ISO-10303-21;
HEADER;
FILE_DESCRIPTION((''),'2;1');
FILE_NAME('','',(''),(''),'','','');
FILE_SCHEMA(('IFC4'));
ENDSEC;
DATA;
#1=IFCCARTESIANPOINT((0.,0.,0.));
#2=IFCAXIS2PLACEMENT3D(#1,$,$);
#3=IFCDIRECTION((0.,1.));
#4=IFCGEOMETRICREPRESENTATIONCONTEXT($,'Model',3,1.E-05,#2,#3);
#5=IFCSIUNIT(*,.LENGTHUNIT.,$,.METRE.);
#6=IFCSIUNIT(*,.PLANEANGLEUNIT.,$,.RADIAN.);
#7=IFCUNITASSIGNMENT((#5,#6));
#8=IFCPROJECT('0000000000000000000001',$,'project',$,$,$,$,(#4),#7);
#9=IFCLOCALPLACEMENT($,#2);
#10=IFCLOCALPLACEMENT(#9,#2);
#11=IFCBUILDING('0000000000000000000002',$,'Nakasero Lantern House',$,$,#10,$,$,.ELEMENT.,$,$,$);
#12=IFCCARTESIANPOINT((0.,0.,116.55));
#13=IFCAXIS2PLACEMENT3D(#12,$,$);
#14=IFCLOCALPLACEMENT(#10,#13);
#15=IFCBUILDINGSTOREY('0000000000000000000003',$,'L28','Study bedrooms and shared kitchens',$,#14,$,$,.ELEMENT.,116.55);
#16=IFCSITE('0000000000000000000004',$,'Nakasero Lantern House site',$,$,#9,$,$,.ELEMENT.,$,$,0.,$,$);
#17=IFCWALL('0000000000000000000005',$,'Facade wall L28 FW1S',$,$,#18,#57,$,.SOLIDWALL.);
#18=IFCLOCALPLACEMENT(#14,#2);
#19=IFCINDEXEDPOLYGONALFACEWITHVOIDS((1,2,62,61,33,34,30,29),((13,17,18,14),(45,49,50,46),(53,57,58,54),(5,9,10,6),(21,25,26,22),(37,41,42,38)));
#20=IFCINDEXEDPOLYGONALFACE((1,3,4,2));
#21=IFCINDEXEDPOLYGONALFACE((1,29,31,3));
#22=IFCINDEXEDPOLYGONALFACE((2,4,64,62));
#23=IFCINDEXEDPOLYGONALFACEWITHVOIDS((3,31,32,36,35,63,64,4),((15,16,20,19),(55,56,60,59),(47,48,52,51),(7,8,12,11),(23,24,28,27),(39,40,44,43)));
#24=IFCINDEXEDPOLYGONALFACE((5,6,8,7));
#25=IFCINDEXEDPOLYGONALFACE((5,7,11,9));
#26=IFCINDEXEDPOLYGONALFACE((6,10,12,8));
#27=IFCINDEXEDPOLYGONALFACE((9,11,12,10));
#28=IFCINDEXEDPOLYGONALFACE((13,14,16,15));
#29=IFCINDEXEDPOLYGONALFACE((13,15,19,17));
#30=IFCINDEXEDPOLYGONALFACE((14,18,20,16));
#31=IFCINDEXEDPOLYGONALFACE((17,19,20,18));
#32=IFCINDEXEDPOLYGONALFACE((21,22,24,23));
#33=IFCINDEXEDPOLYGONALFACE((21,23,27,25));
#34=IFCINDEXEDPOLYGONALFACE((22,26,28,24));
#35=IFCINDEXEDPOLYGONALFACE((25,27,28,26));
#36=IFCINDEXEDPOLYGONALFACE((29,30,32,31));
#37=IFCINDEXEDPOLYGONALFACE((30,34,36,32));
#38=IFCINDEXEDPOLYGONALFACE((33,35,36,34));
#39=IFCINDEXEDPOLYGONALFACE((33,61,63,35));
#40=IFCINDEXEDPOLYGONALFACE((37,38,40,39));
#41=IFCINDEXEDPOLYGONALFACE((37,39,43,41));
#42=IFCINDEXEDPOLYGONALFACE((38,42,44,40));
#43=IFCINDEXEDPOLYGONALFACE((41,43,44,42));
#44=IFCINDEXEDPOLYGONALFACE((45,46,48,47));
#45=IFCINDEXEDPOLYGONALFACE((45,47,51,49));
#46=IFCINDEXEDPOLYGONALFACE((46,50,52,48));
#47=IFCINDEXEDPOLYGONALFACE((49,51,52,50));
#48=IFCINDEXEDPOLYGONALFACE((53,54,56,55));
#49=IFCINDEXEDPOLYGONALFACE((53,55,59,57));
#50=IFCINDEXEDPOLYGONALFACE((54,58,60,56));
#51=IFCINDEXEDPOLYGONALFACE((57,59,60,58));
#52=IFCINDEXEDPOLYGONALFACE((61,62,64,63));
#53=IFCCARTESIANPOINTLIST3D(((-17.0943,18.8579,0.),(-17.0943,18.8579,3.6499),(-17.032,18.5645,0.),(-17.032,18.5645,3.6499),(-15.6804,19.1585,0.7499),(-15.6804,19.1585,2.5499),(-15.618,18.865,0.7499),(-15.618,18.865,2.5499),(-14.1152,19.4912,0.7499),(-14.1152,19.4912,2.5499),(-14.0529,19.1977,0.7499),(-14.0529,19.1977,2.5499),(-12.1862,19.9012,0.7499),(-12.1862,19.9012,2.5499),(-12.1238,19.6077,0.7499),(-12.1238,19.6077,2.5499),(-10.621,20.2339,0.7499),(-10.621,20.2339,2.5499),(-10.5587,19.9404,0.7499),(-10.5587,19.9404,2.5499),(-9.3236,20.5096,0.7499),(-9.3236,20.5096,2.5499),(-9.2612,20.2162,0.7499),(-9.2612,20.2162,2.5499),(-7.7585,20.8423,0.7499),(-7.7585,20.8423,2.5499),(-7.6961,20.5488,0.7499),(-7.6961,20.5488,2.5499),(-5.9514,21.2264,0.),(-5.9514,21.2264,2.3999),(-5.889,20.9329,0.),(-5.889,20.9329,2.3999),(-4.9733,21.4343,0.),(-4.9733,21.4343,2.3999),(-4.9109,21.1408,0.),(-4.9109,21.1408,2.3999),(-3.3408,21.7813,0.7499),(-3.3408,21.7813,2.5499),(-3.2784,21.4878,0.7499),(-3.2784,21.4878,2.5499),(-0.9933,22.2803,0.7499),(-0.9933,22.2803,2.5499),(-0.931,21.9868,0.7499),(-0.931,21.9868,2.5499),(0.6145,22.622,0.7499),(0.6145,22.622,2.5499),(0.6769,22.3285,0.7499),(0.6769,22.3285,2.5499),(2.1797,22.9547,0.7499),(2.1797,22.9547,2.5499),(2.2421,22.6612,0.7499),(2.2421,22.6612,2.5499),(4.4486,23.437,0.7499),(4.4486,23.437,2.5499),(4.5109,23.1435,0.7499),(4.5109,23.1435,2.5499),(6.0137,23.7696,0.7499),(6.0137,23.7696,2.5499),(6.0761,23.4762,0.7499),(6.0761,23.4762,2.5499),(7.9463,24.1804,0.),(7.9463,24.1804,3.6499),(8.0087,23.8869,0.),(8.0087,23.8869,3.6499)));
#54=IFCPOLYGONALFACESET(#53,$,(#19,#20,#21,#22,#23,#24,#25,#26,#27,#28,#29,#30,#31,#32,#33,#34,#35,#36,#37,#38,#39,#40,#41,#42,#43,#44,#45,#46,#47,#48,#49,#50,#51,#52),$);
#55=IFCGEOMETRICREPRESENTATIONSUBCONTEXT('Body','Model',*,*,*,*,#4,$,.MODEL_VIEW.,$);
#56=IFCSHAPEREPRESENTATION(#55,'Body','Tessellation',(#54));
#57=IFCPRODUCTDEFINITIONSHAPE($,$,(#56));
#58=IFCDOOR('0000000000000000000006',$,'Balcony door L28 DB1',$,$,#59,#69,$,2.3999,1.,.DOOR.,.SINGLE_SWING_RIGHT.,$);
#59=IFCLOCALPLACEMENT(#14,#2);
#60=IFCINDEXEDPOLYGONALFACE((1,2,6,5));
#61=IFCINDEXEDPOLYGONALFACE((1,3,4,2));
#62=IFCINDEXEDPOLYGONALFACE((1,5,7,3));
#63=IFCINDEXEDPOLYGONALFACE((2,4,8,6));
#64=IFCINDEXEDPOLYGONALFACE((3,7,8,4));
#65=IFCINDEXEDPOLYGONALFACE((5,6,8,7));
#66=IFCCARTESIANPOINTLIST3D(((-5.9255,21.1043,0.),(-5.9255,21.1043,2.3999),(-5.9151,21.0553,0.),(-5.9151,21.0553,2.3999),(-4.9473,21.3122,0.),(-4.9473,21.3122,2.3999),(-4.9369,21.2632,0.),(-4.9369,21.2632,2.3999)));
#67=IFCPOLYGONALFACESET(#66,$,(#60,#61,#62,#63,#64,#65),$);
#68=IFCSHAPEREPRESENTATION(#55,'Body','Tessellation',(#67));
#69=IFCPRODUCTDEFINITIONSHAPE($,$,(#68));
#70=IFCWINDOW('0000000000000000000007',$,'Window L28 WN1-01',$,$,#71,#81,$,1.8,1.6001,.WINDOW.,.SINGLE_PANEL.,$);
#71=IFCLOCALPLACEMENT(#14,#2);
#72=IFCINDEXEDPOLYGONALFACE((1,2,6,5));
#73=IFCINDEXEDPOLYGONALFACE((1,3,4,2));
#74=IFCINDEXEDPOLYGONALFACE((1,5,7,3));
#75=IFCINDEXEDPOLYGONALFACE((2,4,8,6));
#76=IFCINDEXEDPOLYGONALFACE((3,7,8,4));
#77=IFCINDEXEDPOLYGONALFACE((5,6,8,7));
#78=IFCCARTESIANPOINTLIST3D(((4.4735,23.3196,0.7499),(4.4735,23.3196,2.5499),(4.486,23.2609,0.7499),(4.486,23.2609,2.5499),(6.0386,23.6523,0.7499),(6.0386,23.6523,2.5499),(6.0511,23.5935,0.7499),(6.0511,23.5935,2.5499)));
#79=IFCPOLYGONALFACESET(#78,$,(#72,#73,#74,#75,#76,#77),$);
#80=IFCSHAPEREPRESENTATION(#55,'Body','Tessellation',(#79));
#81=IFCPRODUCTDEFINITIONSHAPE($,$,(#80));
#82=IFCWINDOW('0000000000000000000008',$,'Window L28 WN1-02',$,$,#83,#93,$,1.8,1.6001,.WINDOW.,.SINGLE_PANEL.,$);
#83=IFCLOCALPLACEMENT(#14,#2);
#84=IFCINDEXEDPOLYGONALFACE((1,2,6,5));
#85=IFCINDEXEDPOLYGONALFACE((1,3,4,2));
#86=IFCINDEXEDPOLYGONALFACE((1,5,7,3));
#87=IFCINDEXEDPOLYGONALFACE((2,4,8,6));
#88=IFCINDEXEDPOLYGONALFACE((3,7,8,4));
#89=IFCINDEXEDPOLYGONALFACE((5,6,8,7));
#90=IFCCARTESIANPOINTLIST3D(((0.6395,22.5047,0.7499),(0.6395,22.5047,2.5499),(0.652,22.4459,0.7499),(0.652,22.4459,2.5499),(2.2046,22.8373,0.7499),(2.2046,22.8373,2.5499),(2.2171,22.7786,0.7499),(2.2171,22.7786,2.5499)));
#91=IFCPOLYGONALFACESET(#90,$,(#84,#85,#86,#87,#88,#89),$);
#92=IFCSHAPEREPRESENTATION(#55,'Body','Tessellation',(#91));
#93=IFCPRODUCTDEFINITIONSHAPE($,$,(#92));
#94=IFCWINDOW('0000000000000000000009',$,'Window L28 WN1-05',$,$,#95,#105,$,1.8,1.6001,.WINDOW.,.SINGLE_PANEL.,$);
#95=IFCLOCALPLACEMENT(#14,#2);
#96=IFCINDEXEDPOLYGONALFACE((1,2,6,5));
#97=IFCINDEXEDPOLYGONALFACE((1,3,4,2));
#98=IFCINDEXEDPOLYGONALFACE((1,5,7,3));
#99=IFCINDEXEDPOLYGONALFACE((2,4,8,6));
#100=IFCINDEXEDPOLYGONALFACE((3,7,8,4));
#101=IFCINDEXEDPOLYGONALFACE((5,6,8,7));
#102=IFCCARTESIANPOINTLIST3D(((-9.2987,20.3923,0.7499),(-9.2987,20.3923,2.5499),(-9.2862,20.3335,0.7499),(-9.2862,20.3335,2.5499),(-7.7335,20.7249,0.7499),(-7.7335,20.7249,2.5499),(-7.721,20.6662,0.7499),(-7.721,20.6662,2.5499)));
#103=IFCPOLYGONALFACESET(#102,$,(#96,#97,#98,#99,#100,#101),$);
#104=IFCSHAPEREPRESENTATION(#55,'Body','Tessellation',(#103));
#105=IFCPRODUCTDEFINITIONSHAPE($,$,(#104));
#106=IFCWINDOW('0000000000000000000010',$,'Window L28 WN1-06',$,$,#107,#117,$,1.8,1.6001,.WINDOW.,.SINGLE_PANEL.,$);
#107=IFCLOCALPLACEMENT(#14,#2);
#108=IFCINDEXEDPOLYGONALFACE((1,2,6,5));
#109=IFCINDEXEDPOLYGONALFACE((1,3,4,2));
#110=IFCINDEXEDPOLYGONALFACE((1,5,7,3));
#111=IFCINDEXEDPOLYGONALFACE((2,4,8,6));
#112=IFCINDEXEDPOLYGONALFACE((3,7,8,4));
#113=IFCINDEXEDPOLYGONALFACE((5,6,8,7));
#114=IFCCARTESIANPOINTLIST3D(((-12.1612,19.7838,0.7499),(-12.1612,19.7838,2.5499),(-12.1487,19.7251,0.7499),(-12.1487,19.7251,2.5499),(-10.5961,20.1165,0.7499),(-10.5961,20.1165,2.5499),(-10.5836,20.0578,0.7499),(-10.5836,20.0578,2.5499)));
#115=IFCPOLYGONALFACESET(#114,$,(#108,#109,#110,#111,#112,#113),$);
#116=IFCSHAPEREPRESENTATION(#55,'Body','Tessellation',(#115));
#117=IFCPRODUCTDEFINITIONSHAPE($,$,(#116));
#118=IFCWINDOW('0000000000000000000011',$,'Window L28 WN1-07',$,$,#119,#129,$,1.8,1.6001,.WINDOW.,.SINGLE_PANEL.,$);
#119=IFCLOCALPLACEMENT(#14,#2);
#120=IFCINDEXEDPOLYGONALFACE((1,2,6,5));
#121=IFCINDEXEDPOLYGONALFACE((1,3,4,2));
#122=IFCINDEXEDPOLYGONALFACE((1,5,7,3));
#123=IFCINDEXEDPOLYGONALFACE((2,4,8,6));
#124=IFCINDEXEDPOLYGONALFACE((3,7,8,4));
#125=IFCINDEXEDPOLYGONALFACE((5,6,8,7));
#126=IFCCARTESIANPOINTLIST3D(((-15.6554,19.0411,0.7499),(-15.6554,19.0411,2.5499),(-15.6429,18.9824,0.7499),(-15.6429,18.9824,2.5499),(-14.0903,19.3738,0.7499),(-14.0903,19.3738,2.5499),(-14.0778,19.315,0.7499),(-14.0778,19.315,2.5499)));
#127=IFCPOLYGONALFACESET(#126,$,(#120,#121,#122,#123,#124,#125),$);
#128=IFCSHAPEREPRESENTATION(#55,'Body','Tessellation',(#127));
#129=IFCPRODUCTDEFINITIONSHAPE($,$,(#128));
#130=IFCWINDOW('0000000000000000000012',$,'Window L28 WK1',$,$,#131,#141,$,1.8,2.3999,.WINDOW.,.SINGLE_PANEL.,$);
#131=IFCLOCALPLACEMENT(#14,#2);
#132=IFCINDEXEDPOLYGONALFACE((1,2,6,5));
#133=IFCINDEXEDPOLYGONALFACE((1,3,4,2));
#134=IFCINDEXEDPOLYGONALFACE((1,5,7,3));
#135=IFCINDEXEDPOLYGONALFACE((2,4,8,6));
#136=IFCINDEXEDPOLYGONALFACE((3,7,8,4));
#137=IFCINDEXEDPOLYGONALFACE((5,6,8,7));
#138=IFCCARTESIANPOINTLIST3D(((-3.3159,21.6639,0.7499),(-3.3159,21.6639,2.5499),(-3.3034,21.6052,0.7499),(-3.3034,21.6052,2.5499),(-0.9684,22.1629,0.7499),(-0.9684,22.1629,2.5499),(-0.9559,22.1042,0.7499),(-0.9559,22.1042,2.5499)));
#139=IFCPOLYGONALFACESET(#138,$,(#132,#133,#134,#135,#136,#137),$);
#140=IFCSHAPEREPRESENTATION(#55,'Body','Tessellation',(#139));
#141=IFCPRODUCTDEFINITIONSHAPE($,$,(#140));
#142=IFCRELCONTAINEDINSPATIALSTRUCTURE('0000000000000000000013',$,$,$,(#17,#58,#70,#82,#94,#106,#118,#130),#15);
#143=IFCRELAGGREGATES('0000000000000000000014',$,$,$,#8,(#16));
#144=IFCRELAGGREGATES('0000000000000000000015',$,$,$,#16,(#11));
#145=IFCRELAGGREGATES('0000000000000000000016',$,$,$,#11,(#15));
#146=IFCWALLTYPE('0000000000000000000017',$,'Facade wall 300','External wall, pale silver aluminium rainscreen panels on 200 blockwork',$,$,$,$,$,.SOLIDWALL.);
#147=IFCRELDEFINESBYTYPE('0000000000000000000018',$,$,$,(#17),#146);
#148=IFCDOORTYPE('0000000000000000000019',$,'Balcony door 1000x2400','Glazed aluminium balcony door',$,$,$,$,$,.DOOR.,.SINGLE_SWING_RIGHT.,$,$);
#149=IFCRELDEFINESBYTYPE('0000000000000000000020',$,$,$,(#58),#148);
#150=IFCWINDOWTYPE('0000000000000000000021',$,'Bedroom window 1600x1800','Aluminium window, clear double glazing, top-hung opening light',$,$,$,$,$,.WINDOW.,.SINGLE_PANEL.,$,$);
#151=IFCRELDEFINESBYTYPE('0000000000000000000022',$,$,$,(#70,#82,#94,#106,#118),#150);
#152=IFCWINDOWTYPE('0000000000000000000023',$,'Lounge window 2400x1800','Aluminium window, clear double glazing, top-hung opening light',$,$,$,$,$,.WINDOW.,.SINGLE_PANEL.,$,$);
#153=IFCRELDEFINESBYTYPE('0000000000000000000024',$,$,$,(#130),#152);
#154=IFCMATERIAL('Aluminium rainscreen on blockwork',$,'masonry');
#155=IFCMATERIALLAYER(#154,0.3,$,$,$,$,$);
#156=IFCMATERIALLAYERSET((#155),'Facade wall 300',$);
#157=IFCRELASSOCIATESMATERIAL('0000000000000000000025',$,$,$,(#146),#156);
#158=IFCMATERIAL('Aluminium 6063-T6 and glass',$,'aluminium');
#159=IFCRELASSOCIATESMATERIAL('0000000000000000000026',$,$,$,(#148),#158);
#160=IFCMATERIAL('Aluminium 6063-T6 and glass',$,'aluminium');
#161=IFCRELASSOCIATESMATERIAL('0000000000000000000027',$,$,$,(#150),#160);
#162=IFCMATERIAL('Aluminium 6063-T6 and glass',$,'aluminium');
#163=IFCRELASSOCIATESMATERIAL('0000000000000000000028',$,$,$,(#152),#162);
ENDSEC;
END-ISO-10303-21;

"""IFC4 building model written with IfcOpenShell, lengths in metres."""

from ifc_helpers import new_model, si_unit, direction, frame, frame_2d, origin, place, context, subcontext, project, spatial, rectangle, extrude, material, layer, layer_set, type_object, element, fill, save


model = new_model("IFC4")

# Units and contexts
model_context = context("Model", 3, precision=1e-05, world=origin(), true_north=direction((0.0, 1.0)))
body_context = subcontext(model_context, "Body", "Model", "MODEL_VIEW")
ifc_project = project(units=[si_unit("LENGTHUNIT", "METRE"), si_unit("PLANEANGLEUNIT", "RADIAN")], contexts=[model_context])

# Site, building, storey
site_placement = place(None, origin())
site = spatial("IfcSite", under=ifc_project, at=site_placement, Name="Nakasero Lantern House site", CompositionType="ELEMENT", RefElevation=0.0)
building_placement = place(site_placement, origin())
building = spatial("IfcBuilding", under=site, at=building_placement, Name="Nakasero Lantern House", CompositionType="ELEMENT")
storey_placement = place(building_placement, frame((0.0, 0.0, 116.55)))
storey = spatial("IfcBuildingStorey", under=building, at=storey_placement, Name="L28", Description="Study bedrooms and shared kitchens", CompositionType="ELEMENT", Elevation=116.55)

# Wall, openings, door, windows
ifc_material_1 = material(Name="Aluminium rainscreen on blockwork", Category="masonry")
ifc_layer_1 = layer(ifc_material_1, 0.3)
ifc_layer_set_1 = layer_set([ifc_layer_1], Name="Facade wall 300")
wall_type_1 = type_object("IfcWallType", Name="Facade wall 300", Description="External wall, pale silver aluminium rainscreen panels on 200 blockwork", PredefinedType="SOLIDWALL", material=ifc_layer_set_1)
wall_1_placement = place(storey_placement, frame((7.9775, 24.0337, 0.0), z_axis=(0.0, 0.0, 1.0), x_axis=(-0.978148, -0.207909, 0.0)))
wall_1 = element("IfcWall", 1, at=wall_1_placement, inside=storey, type_object=wall_type_1, Name="Facade wall L28 FW1S", PredefinedType="SOLIDWALL", context=body_context, shape_type="SweptSolid", body=[
    extrude(rectangle(XDim=25.6001, YDim=0.3, at=frame_2d((12.8, 0.0))), origin(), (0.0, 0.0, 1.0), 3.6499),
])
opening_1_placement = place(wall_1_placement, frame((1.9758, 0.0, 0.75)))
opening_1 = element("IfcOpeningElement", 2, at=opening_1_placement, cuts=wall_1, PredefinedType="OPENING", context=body_context, shape_type="SweptSolid", body=[
    extrude(rectangle(XDim=1.6001, YDim=1.8, at=frame_2d((0.8, 0.8999))), frame((0.0, 0.1699, 0.0), z_axis=(0.0, -1.0, 0.0), x_axis=(1.0, 0.0, 0.0)), (0.0, 0.0, 1.0), 0.3401),
])
opening_2_placement = place(wall_1_placement, frame((5.8955, 0.0, 0.75)))
opening_2 = element("IfcOpeningElement", 3, at=opening_2_placement, cuts=wall_1, PredefinedType="OPENING", context=body_context, shape_type="SweptSolid", body=[
    extrude(rectangle(XDim=1.6001, YDim=1.8, at=frame_2d((0.8, 0.8999))), frame((0.0, 0.1699, 0.0), z_axis=(0.0, -1.0, 0.0), x_axis=(1.0, 0.0, 0.0)), (0.0, 0.0, 1.0), 0.3401),
])
opening_3_placement = place(wall_1_placement, frame((16.0557, 0.0, 0.75)))
opening_3 = element("IfcOpeningElement", 4, at=opening_3_placement, cuts=wall_1, PredefinedType="OPENING", context=body_context, shape_type="SweptSolid", body=[
    extrude(rectangle(XDim=1.6001, YDim=1.8, at=frame_2d((0.8, 0.8999))), frame((0.0, 0.1699, 0.0), z_axis=(0.0, -1.0, 0.0), x_axis=(1.0, 0.0, 0.0)), (0.0, 0.0, 1.0), 0.3401),
])
opening_4_placement = place(wall_1_placement, frame((18.9822, 0.0, 0.75)))
opening_4 = element("IfcOpeningElement", 5, at=opening_4_placement, cuts=wall_1, PredefinedType="OPENING", context=body_context, shape_type="SweptSolid", body=[
    extrude(rectangle(XDim=1.6001, YDim=1.8, at=frame_2d((0.8, 0.8999))), frame((0.0, 0.1699, 0.0), z_axis=(0.0, -1.0, 0.0), x_axis=(1.0, 0.0, 0.0)), (0.0, 0.0, 1.0), 0.3401),
])
opening_5_placement = place(wall_1_placement, frame((22.5544, 0.0, 0.75)))
opening_5 = element("IfcOpeningElement", 6, at=opening_5_placement, cuts=wall_1, PredefinedType="OPENING", context=body_context, shape_type="SweptSolid", body=[
    extrude(rectangle(XDim=1.6001, YDim=1.8, at=frame_2d((0.8, 0.8999))), frame((0.0, 0.1699, 0.0), z_axis=(0.0, -1.0, 0.0), x_axis=(1.0, 0.0, 0.0)), (0.0, 0.0, 1.0), 0.3401),
])
opening_6_placement = place(wall_1_placement, frame((9.1394, 0.0, 0.75)))
opening_6 = element("IfcOpeningElement", 7, at=opening_6_placement, cuts=wall_1, PredefinedType="OPENING", context=body_context, shape_type="SweptSolid", body=[
    extrude(rectangle(XDim=2.3999, YDim=1.8, at=frame_2d((1.2, 0.8999))), frame((0.0, 0.1699, 0.0), z_axis=(0.0, -1.0, 0.0), x_axis=(1.0, 0.0, 0.0)), (0.0, 0.0, 1.0), 0.3401),
])
opening_7_placement = place(wall_1_placement, frame((13.2083, 0.0, 0.0)))
opening_7 = element("IfcOpeningElement", 8, at=opening_7_placement, cuts=wall_1, PredefinedType="OPENING", context=body_context, shape_type="SweptSolid", body=[
    extrude(rectangle(XDim=1.0, YDim=2.3999, at=frame_2d((0.5, 1.2))), frame((0.0, 0.1699, 0.0), z_axis=(0.0, -1.0, 0.0), x_axis=(1.0, 0.0, 0.0)), (0.0, 0.0, 1.0), 0.3401),
])
ifc_material_2 = material(Name="Aluminium 6063-T6 and glass", Category="aluminium")
door_type_1 = type_object("IfcDoorType", Name="Balcony door 1000x2400", Description="Glazed aluminium balcony door", OperationType="SINGLE_SWING_RIGHT", PredefinedType="DOOR", material=ifc_material_2)
door_1_placement = place(opening_7_placement, origin())
door_1 = element("IfcDoor", 9, at=door_1_placement, inside=storey, type_object=door_type_1, Name="Balcony door L28 DB1", OperationType="SINGLE_SWING_RIGHT", OverallHeight=2.3999, OverallWidth=1.0, PredefinedType="DOOR", context=body_context, shape_type="SweptSolid", body=[
    extrude(rectangle(XDim=1.0, YDim=2.3999, at=frame_2d((0.5, 1.2))), frame((0.0, 0.0249, 0.0), z_axis=(0.0, -1.0, 0.0), x_axis=(1.0, 0.0, 0.0)), (0.0, 0.0, 1.0), 0.05),
])
fill(opening_7, door_1)
ifc_material_3 = material(Name="Aluminium 6063-T6 and glass", Category="aluminium")
window_type_1 = type_object("IfcWindowType", Name="Bedroom window 1600x1800", Description="Aluminium window, clear double glazing, top-hung opening light", PartitioningType="SINGLE_PANEL", PredefinedType="WINDOW", material=ifc_material_3)
window_1_placement = place(opening_1_placement, origin())
window_1 = element("IfcWindow", 10, at=window_1_placement, inside=storey, type_object=window_type_1, Name="Window L28 WN1-01", OverallHeight=1.8, OverallWidth=1.6001, PartitioningType="SINGLE_PANEL", PredefinedType="WINDOW", context=body_context, shape_type="SweptSolid", body=[
    extrude(rectangle(XDim=1.6001, YDim=1.8, at=frame_2d((0.8, 0.8999))), frame((0.0, 0.03, 0.0), z_axis=(0.0, -1.0, 0.0), x_axis=(1.0, 0.0, 0.0)), (0.0, 0.0, 1.0), 0.0601),
])
fill(opening_1, window_1)
window_2_placement = place(opening_2_placement, origin())
window_2 = element("IfcWindow", 11, at=window_2_placement, inside=storey, type_object=window_type_1, Name="Window L28 WN1-02", OverallHeight=1.8, OverallWidth=1.6001, PartitioningType="SINGLE_PANEL", PredefinedType="WINDOW", context=body_context, shape_type="SweptSolid", body=[
    extrude(rectangle(XDim=1.6001, YDim=1.8, at=frame_2d((0.8, 0.8999))), frame((0.0, 0.03, 0.0), z_axis=(0.0, -1.0, 0.0), x_axis=(1.0, 0.0, 0.0)), (0.0, 0.0, 1.0), 0.0601),
])
fill(opening_2, window_2)
window_3_placement = place(opening_3_placement, origin())
window_3 = element("IfcWindow", 12, at=window_3_placement, inside=storey, type_object=window_type_1, Name="Window L28 WN1-05", OverallHeight=1.8, OverallWidth=1.6001, PartitioningType="SINGLE_PANEL", PredefinedType="WINDOW", context=body_context, shape_type="SweptSolid", body=[
    extrude(rectangle(XDim=1.6001, YDim=1.8, at=frame_2d((0.8, 0.8999))), frame((0.0, 0.03, 0.0), z_axis=(0.0, -1.0, 0.0), x_axis=(1.0, 0.0, 0.0)), (0.0, 0.0, 1.0), 0.0601),
])
fill(opening_3, window_3)
window_4_placement = place(opening_4_placement, origin())
window_4 = element("IfcWindow", 13, at=window_4_placement, inside=storey, type_object=window_type_1, Name="Window L28 WN1-06", OverallHeight=1.8, OverallWidth=1.6001, PartitioningType="SINGLE_PANEL", PredefinedType="WINDOW", context=body_context, shape_type="SweptSolid", body=[
    extrude(rectangle(XDim=1.6001, YDim=1.8, at=frame_2d((0.8, 0.8999))), frame((0.0, 0.03, 0.0), z_axis=(0.0, -1.0, 0.0), x_axis=(1.0, 0.0, 0.0)), (0.0, 0.0, 1.0), 0.0601),
])
fill(opening_4, window_4)
window_5_placement = place(opening_5_placement, origin())
window_5 = element("IfcWindow", 14, at=window_5_placement, inside=storey, type_object=window_type_1, Name="Window L28 WN1-07", OverallHeight=1.8, OverallWidth=1.6001, PartitioningType="SINGLE_PANEL", PredefinedType="WINDOW", context=body_context, shape_type="SweptSolid", body=[
    extrude(rectangle(XDim=1.6001, YDim=1.8, at=frame_2d((0.8, 0.8999))), frame((0.0, 0.03, 0.0), z_axis=(0.0, -1.0, 0.0), x_axis=(1.0, 0.0, 0.0)), (0.0, 0.0, 1.0), 0.0601),
])
fill(opening_5, window_5)
ifc_material_4 = material(Name="Aluminium 6063-T6 and glass", Category="aluminium")
window_type_2 = type_object("IfcWindowType", Name="Lounge window 2400x1800", Description="Aluminium window, clear double glazing, top-hung opening light", PartitioningType="SINGLE_PANEL", PredefinedType="WINDOW", material=ifc_material_4)
window_6_placement = place(opening_6_placement, origin())
window_6 = element("IfcWindow", 15, at=window_6_placement, inside=storey, type_object=window_type_2, Name="Window L28 WK1", OverallHeight=1.8, OverallWidth=2.3999, PartitioningType="SINGLE_PANEL", PredefinedType="WINDOW", context=body_context, shape_type="SweptSolid", body=[
    extrude(rectangle(XDim=2.3999, YDim=1.8, at=frame_2d((1.2, 0.8999))), frame((0.0, 0.03, 0.0), z_axis=(0.0, -1.0, 0.0), x_axis=(1.0, 0.0, 0.0)), (0.0, 0.0, 1.0), 0.0601),
])
fill(opening_6, window_6)

save(model, "model.ifc")
